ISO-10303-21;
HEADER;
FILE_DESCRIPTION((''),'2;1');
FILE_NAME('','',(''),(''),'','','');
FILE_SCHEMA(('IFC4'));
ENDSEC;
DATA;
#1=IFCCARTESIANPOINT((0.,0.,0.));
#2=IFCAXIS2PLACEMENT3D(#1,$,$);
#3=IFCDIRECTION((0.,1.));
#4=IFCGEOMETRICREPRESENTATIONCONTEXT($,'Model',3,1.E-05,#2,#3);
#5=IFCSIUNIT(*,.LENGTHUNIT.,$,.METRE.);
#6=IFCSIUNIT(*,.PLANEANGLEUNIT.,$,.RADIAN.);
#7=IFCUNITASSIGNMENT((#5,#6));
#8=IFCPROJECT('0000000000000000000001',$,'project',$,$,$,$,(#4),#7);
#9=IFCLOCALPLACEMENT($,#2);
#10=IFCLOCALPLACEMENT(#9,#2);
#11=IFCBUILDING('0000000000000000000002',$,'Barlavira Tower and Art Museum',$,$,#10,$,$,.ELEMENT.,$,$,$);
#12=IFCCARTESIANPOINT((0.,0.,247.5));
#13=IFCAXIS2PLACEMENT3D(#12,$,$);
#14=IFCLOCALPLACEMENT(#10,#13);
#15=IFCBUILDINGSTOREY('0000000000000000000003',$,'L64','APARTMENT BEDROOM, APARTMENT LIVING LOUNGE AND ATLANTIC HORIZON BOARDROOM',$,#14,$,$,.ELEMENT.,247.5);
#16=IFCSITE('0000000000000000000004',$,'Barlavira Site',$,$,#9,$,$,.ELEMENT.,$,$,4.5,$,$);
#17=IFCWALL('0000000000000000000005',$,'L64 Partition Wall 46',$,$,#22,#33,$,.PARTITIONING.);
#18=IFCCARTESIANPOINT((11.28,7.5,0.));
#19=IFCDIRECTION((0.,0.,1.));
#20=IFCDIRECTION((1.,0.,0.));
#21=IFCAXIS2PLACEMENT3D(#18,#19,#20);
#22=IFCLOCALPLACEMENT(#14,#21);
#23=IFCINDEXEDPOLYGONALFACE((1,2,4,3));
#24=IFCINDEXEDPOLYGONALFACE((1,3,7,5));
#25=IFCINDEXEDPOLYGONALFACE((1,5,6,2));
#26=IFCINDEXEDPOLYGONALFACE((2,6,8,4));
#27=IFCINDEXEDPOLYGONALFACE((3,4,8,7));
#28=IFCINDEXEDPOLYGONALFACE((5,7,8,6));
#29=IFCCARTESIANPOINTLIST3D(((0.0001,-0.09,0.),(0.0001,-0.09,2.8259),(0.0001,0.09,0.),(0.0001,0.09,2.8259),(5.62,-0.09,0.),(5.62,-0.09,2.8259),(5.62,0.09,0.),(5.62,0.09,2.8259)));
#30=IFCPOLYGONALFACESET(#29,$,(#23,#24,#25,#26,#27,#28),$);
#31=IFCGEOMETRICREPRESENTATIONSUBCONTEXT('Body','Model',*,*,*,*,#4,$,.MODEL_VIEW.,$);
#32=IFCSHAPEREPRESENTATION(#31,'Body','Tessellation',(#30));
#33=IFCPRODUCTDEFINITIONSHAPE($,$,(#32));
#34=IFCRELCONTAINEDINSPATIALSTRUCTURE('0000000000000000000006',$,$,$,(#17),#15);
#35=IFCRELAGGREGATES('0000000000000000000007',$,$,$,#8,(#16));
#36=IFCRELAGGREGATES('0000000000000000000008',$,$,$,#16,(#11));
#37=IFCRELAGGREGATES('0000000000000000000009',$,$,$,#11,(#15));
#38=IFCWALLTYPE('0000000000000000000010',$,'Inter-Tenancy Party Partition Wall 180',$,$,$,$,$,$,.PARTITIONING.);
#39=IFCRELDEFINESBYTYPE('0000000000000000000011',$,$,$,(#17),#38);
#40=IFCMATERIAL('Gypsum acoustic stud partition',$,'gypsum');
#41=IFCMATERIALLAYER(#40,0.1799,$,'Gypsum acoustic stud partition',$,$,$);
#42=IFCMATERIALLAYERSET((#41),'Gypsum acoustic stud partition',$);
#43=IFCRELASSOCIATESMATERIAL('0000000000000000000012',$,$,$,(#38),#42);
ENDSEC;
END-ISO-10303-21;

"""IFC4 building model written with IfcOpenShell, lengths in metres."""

from ifc_helpers import new_model, si_unit, direction, frame, frame_2d, origin, place, context, subcontext, project, spatial, rectangle, extrude, material, layer, layer_set, type_object, element, save


model = new_model("IFC4")

# Units and contexts
model_context = context("Model", 3, precision=1e-05, world=origin(), true_north=direction((0.0, 1.0)))
body_context = subcontext(model_context, "Body", "Model", "MODEL_VIEW")
ifc_project = project(units=[si_unit("LENGTHUNIT", "METRE"), si_unit("PLANEANGLEUNIT", "RADIAN")], contexts=[model_context])

# Site, building, storey
site_placement = place(None, origin())
site = spatial("IfcSite", under=ifc_project, at=site_placement, Name="Barlavira Site", CompositionType="ELEMENT", RefElevation=4.5)
building_placement = place(site_placement, origin())
building = spatial("IfcBuilding", under=site, at=building_placement, Name="Barlavira Tower and Art Museum", CompositionType="ELEMENT")
storey_placement = place(building_placement, frame((0.0, 0.0, 247.5)))
storey = spatial("IfcBuildingStorey", under=building, at=storey_placement, Name="L64", Description="APARTMENT BEDROOM, APARTMENT LIVING LOUNGE AND ATLANTIC HORIZON BOARDROOM", CompositionType="ELEMENT", Elevation=247.5)

# Shared definitions
ifc_material_1 = material(Name="Gypsum acoustic stud partition", Category="gypsum")

# Wall
ifc_layer_1 = layer(ifc_material_1, 0.1799, Name="Gypsum acoustic stud partition")
ifc_layer_set_1 = layer_set([ifc_layer_1], Name="Gypsum acoustic stud partition")
wall_type_1 = type_object("IfcWallType", Name="Inter-Tenancy Party Partition Wall 180", PredefinedType="PARTITIONING", material=ifc_layer_set_1)
wall_1_placement = place(storey_placement, frame((11.28, 7.5, 0.0), z_axis=(0.0, 0.0, 1.0), x_axis=(1.0, 0.0, 0.0)))
element("IfcWall", 1, at=wall_1_placement, inside=storey, type_object=wall_type_1, Name="L64 Partition Wall 46", PredefinedType="PARTITIONING", context=body_context, shape_type="SweptSolid", body=[
    extrude(rectangle(XDim=5.6199, YDim=0.1799, at=frame_2d((2.8101, 0.0))), origin(), (0.0, 0.0, 1.0), 2.8259),
])

save(model, "model.ifc")
